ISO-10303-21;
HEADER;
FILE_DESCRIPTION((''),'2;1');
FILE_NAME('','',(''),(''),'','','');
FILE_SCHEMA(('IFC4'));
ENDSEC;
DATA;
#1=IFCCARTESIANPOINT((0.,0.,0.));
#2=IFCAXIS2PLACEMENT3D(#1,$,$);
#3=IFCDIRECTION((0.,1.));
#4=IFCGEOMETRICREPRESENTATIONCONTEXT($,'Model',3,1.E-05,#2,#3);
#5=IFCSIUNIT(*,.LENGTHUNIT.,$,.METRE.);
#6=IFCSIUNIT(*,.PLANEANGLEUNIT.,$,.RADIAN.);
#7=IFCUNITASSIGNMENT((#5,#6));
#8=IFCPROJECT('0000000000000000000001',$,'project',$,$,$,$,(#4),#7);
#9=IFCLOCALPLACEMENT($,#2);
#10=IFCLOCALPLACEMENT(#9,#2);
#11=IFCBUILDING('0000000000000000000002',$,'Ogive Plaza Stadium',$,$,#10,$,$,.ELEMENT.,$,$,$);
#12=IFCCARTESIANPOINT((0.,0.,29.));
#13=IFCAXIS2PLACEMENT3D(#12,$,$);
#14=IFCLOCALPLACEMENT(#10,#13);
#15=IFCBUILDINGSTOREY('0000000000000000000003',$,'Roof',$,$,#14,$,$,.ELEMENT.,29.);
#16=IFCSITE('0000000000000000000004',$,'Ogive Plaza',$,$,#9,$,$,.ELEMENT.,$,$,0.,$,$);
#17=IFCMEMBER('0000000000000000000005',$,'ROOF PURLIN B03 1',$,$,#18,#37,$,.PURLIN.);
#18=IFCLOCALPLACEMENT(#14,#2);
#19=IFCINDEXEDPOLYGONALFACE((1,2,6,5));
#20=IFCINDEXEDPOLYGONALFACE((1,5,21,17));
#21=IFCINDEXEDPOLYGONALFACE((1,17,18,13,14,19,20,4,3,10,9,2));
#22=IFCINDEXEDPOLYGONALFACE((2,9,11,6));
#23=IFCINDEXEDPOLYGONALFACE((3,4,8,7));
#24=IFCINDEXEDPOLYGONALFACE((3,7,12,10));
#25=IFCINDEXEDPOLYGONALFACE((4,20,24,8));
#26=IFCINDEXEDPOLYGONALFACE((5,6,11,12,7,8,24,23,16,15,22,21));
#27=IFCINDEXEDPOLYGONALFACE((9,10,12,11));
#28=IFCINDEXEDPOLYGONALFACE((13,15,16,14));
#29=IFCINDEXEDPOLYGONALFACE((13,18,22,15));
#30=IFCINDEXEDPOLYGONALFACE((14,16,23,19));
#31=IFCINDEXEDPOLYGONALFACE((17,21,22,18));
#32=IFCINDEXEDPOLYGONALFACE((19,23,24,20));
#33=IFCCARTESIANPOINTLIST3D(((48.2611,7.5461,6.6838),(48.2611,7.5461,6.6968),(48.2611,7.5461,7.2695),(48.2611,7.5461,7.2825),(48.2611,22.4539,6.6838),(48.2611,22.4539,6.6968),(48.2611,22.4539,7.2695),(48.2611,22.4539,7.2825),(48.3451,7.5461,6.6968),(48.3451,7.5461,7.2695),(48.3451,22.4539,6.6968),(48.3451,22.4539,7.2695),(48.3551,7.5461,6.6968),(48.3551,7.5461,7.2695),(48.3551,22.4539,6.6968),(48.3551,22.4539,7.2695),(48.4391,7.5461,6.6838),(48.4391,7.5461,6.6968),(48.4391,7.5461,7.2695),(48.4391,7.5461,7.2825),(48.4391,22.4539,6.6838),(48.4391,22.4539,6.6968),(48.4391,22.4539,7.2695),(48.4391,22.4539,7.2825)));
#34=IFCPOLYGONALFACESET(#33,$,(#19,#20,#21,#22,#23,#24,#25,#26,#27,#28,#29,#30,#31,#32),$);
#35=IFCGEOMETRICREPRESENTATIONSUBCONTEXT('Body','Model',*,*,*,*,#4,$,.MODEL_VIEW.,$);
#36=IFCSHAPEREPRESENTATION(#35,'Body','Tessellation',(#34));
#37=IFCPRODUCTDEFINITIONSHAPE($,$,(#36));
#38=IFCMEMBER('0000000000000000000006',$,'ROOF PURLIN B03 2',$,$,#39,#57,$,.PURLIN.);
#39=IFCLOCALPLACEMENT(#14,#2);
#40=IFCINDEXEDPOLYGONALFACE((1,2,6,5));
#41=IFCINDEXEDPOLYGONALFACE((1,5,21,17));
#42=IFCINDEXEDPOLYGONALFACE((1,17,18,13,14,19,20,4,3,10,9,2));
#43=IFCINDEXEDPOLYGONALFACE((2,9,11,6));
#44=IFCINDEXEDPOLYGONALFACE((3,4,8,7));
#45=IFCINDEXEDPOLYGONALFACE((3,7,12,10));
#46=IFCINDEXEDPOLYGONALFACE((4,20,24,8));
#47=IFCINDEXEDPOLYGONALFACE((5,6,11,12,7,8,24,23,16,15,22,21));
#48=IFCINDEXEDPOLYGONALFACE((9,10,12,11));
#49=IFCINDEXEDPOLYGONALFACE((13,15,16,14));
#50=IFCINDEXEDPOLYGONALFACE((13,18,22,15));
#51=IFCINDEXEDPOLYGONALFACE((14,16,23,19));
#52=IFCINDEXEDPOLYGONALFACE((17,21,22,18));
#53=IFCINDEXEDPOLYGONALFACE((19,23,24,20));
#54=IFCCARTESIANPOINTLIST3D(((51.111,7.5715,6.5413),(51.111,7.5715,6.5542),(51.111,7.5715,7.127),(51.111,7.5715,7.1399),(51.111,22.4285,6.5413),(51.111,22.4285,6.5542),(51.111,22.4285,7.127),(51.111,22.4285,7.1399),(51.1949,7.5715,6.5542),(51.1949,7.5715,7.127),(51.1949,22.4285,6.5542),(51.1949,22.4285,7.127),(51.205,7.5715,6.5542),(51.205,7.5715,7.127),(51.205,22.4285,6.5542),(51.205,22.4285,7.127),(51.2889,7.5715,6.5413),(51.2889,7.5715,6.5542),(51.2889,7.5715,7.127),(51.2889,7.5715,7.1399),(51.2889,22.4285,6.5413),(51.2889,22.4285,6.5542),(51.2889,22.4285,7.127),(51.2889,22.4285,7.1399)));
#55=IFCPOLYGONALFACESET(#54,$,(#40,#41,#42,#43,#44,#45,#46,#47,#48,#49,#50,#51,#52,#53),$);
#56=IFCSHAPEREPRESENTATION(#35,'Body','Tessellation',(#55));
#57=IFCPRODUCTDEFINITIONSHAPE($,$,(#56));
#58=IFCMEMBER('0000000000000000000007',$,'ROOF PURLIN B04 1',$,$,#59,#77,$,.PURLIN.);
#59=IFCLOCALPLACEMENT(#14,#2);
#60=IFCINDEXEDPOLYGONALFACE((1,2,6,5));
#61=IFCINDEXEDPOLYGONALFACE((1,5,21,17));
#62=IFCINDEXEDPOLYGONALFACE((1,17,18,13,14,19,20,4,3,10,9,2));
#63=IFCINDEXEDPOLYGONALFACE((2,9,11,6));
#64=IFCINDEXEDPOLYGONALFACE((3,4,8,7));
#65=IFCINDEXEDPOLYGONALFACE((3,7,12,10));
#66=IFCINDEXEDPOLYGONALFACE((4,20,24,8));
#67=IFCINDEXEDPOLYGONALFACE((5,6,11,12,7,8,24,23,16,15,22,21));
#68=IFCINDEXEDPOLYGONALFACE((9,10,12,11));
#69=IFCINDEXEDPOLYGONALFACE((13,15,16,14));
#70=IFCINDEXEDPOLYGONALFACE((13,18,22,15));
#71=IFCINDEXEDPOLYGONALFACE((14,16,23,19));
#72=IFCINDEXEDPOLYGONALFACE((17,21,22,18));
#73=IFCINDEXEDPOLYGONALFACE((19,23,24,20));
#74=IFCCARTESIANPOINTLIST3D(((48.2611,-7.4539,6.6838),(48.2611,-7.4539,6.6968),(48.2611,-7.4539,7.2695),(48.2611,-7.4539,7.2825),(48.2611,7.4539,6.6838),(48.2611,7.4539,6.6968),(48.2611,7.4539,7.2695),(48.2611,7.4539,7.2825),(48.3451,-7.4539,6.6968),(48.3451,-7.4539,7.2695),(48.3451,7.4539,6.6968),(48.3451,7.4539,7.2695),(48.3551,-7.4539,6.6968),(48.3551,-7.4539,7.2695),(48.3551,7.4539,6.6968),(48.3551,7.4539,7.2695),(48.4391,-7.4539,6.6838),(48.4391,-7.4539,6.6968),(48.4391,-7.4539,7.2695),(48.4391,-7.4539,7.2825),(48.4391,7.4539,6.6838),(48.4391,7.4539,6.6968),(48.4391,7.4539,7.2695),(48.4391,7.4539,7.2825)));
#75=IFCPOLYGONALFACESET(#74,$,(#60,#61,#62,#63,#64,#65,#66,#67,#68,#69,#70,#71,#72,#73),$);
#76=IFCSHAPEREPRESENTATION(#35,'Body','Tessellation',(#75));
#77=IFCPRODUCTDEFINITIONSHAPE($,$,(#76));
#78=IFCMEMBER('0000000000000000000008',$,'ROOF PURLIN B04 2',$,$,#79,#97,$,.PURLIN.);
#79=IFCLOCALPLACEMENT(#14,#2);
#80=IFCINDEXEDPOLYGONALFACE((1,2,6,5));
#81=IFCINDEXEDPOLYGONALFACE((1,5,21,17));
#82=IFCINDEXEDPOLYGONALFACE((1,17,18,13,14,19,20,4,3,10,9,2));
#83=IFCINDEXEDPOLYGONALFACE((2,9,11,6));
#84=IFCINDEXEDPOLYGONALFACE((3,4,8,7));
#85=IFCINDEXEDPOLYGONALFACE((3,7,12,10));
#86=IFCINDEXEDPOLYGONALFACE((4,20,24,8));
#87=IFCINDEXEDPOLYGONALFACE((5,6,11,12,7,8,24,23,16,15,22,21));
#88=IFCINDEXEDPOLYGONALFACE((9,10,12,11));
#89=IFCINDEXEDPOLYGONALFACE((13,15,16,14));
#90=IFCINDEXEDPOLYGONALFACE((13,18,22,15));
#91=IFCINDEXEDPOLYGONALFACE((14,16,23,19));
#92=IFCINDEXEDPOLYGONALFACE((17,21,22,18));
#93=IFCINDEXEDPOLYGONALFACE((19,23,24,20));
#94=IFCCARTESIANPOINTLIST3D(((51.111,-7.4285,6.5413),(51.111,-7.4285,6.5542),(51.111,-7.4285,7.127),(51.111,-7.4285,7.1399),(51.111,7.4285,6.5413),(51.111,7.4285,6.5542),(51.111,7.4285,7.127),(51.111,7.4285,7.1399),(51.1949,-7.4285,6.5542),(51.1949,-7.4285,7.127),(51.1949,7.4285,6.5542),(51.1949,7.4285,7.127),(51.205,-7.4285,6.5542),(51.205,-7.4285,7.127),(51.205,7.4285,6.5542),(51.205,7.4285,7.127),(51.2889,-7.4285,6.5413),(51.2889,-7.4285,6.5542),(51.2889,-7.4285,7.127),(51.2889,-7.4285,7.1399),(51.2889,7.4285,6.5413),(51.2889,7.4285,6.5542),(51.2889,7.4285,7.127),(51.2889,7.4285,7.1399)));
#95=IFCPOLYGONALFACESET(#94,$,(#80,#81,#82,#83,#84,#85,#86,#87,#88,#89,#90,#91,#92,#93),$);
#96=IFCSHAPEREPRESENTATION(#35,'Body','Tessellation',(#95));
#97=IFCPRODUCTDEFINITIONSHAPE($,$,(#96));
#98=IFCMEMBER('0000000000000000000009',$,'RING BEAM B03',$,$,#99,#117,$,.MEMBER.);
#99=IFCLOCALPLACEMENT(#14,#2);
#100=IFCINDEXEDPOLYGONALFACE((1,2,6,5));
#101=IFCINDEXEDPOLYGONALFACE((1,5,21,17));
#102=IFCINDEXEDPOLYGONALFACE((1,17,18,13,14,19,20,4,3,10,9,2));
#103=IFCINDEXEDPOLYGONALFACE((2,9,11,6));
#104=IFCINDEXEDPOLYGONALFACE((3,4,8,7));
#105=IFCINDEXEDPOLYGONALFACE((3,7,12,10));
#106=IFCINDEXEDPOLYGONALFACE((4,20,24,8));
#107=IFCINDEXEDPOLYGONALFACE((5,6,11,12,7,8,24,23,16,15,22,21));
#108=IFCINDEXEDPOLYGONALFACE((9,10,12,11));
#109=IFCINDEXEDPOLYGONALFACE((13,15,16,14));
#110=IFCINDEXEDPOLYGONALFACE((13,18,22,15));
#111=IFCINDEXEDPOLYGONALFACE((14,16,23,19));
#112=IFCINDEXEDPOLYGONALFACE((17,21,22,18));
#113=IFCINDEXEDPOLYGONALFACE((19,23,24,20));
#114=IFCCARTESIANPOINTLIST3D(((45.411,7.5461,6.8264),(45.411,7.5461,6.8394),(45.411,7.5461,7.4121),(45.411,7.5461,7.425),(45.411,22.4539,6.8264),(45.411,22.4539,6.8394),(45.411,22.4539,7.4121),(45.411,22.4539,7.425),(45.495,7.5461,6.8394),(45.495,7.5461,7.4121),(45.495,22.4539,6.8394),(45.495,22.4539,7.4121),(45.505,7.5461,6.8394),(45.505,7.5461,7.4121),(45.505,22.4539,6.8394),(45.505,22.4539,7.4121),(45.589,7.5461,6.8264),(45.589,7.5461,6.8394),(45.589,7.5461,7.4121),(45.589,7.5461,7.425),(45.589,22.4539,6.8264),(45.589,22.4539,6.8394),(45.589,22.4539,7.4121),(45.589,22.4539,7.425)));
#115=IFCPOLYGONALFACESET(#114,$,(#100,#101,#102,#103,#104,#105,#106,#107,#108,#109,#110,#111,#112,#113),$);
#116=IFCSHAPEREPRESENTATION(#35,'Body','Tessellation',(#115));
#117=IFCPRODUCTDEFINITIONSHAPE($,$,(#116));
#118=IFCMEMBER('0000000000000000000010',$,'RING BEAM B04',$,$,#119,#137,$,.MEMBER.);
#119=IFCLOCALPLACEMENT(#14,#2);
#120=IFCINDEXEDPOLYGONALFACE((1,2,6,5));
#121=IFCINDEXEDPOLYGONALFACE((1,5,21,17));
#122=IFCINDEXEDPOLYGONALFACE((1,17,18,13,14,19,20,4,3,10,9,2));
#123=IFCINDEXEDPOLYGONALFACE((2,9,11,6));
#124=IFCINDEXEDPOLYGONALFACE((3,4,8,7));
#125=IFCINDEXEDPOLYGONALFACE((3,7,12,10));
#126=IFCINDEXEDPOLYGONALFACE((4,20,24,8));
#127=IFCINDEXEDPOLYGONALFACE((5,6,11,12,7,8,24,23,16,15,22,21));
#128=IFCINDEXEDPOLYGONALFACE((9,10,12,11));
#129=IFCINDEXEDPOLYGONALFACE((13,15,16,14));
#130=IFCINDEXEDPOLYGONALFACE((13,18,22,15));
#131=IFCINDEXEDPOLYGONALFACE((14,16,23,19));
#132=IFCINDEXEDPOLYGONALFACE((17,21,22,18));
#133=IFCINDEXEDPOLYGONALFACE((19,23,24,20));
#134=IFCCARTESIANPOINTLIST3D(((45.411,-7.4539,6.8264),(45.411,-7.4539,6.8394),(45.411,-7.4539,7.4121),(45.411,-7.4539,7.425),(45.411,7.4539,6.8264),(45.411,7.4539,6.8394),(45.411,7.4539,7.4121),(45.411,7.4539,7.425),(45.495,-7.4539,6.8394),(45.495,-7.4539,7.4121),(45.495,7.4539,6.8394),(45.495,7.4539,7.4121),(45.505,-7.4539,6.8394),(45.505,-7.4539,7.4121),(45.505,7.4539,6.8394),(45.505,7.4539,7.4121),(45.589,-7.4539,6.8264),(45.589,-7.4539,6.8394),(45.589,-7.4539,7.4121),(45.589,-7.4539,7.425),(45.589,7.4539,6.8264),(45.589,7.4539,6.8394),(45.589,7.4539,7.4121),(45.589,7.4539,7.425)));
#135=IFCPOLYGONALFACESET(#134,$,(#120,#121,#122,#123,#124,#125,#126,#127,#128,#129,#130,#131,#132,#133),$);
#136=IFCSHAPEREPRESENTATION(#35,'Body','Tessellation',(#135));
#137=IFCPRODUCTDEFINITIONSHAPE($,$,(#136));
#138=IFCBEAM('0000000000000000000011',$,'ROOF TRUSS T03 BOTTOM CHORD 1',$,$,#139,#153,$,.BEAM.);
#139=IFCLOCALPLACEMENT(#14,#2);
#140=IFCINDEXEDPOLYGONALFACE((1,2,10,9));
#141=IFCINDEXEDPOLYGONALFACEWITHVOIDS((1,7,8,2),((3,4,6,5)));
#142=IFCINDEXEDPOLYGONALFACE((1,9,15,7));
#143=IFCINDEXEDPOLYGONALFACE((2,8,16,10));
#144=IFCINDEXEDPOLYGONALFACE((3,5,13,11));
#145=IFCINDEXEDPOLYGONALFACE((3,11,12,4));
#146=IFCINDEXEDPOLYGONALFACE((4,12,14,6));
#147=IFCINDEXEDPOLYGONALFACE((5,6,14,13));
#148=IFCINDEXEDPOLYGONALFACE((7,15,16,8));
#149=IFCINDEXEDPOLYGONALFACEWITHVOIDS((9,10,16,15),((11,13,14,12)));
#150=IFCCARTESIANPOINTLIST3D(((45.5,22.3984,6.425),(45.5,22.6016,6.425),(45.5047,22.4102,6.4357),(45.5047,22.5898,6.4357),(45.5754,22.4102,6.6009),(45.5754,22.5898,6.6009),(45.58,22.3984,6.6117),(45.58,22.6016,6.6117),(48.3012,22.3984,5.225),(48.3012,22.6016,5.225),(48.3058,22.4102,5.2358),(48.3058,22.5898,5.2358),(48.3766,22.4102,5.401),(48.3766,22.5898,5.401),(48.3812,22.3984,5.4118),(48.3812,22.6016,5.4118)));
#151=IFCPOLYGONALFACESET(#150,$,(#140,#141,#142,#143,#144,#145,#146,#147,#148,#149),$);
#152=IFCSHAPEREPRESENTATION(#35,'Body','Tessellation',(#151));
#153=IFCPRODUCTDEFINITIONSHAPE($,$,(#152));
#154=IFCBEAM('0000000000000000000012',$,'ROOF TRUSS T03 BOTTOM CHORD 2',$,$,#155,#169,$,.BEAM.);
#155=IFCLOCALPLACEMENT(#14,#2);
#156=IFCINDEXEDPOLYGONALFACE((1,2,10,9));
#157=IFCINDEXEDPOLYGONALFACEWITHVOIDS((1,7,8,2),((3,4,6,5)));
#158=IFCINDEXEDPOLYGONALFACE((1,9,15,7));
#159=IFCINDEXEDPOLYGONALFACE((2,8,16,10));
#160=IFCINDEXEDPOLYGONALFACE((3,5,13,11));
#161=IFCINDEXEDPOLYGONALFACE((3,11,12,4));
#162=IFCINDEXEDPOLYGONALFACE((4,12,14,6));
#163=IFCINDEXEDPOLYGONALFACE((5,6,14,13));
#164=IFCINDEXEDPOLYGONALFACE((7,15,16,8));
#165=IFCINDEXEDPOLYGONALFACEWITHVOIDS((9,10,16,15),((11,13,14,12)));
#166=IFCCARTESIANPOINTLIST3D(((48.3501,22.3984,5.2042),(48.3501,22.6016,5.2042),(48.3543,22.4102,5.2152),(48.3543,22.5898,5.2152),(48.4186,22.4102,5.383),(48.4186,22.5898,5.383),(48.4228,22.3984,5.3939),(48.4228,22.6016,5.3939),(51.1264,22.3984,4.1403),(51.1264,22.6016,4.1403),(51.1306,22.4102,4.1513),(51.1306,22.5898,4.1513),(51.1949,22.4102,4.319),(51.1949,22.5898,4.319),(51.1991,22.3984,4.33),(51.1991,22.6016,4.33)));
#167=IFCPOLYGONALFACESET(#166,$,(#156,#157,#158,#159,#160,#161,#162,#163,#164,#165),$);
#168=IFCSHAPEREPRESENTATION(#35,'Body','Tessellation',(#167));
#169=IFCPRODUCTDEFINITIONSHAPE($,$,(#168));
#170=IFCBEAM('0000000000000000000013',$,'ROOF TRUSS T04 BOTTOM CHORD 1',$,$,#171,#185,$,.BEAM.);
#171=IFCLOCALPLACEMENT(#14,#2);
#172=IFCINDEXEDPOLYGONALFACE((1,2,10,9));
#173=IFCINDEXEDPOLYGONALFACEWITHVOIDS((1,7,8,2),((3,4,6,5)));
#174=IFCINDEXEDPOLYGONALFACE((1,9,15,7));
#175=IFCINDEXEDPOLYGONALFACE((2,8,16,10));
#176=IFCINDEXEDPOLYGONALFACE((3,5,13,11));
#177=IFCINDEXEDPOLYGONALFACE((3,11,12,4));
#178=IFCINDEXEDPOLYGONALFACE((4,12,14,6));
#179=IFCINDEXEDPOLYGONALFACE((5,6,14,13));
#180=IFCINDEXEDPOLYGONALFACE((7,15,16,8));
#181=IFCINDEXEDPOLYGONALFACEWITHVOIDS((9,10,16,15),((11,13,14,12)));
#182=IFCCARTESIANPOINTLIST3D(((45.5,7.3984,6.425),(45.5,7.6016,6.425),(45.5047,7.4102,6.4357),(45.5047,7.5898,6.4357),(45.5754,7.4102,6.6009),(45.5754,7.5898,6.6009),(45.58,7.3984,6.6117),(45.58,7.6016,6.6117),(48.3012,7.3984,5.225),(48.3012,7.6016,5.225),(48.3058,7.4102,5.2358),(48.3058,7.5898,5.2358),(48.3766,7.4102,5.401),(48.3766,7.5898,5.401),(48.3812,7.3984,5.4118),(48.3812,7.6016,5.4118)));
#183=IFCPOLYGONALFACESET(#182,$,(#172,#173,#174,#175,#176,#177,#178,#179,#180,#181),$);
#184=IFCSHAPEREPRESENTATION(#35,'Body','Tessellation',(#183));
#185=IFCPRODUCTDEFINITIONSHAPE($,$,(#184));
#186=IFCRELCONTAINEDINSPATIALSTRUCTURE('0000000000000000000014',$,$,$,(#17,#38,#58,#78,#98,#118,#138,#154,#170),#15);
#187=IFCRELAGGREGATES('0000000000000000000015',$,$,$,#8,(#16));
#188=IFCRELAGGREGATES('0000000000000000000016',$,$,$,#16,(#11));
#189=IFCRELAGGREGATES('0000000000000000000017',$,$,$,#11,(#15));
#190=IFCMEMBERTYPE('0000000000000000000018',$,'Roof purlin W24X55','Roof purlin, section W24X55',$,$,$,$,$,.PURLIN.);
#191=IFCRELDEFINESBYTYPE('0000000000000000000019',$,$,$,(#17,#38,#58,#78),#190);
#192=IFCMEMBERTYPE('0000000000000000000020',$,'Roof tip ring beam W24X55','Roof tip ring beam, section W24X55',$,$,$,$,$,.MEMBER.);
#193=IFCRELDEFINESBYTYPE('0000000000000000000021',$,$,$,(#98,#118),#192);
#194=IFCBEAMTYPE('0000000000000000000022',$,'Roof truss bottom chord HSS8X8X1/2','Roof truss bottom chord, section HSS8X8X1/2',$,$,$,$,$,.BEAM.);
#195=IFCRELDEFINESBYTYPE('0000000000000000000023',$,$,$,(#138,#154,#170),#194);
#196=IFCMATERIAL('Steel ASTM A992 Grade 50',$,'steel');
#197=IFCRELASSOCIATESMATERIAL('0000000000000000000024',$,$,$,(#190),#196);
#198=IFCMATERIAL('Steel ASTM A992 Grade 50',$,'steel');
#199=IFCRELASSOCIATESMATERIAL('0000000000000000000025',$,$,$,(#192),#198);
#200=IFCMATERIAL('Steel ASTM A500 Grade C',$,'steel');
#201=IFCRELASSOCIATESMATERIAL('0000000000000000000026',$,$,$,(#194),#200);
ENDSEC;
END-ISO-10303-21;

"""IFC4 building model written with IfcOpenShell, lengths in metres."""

from ifc_helpers import new_model, si_unit, direction, frame, origin, origin_2d, place, context, subcontext, project, spatial, hollow_rectangle, i_section, extrude, material, material_profile, profile_set, type_object, element, save


model = new_model("IFC4")

# Units and contexts
model_context = context("Model", 3, precision=1e-05, world=origin(), true_north=direction((0.0, 1.0)))
body_context = subcontext(model_context, "Body", "Model", "MODEL_VIEW")
ifc_project = project(units=[si_unit("LENGTHUNIT", "METRE"), si_unit("PLANEANGLEUNIT", "RADIAN")], contexts=[model_context])

# Site, building, storey
site_placement = place(None, origin())
site = spatial("IfcSite", under=ifc_project, at=site_placement, Name="Ogive Plaza", CompositionType="ELEMENT", RefElevation=0.0)
building_placement = place(site_placement, origin())
building = spatial("IfcBuilding", under=site, at=building_placement, Name="Ogive Plaza Stadium", CompositionType="ELEMENT")
storey_placement = place(building_placement, frame((0.0, 0.0, 29.0)))
storey = spatial("IfcBuildingStorey", under=building, at=storey_placement, Name="Roof", CompositionType="ELEMENT", Elevation=29.0)

# Members
ifc_material_1 = material(Name="Steel ASTM A992 Grade 50", Category="steel")
ifc_material_profile_1 = material_profile(ifc_material_1, i_section(OverallWidth=0.178, OverallDepth=0.5986, WebThickness=0.01, FlangeThickness=0.0129, at=origin_2d()), Name="W24X55")
ifc_profile_set_1 = profile_set([ifc_material_profile_1], Name="Steel ASTM A992 Grade 50")
member_type_1 = type_object("IfcMemberType", Name="Roof purlin W24X55", Description="Roof purlin, section W24X55", PredefinedType="PURLIN", material=ifc_profile_set_1)
member_1_placement = place(storey_placement, frame((48.3501, 22.4539, 6.9832), z_axis=(0.0, -1.0, 0.0), x_axis=(1.0, 0.0, 0.0)))
element("IfcMember", 1, at=member_1_placement, inside=storey, type_object=member_type_1, Name="ROOF PURLIN B03 1", PredefinedType="PURLIN", context=body_context, shape_type="SweptSolid", body=[
    extrude(i_section(OverallWidth=0.178, OverallDepth=0.5986, WebThickness=0.01, FlangeThickness=0.0129, at=origin_2d()), origin(), (0.0, 0.0, 1.0), 14.9077),
])
member_2_placement = place(storey_placement, frame((51.2, 22.4285, 6.8406), z_axis=(0.0, -1.0, 0.0), x_axis=(1.0, 0.0, 0.0)))
element("IfcMember", 2, at=member_2_placement, inside=storey, type_object=member_type_1, Name="ROOF PURLIN B03 2", PredefinedType="PURLIN", context=body_context, shape_type="SweptSolid", body=[
    extrude(i_section(OverallWidth=0.178, OverallDepth=0.5986, WebThickness=0.01, FlangeThickness=0.0129, at=origin_2d()), origin(), (0.0, 0.0, 1.0), 14.8569),
])
member_3_placement = place(storey_placement, frame((48.3501, 7.4539, 6.9832), z_axis=(0.0, -1.0, 0.0), x_axis=(1.0, 0.0, 0.0)))
element("IfcMember", 3, at=member_3_placement, inside=storey, type_object=member_type_1, Name="ROOF PURLIN B04 1", PredefinedType="PURLIN", context=body_context, shape_type="SweptSolid", body=[
    extrude(i_section(OverallWidth=0.178, OverallDepth=0.5986, WebThickness=0.01, FlangeThickness=0.0129, at=origin_2d()), origin(), (0.0, 0.0, 1.0), 14.9077),
])
member_4_placement = place(storey_placement, frame((51.2, 7.4285, 6.8406), z_axis=(0.0, -1.0, 0.0), x_axis=(1.0, 0.0, 0.0)))
element("IfcMember", 4, at=member_4_placement, inside=storey, type_object=member_type_1, Name="ROOF PURLIN B04 2", PredefinedType="PURLIN", context=body_context, shape_type="SweptSolid", body=[
    extrude(i_section(OverallWidth=0.178, OverallDepth=0.5986, WebThickness=0.01, FlangeThickness=0.0129, at=origin_2d()), origin(), (0.0, 0.0, 1.0), 14.8569),
])
ifc_material_2 = material(Name="Steel ASTM A992 Grade 50", Category="steel")
ifc_material_profile_2 = material_profile(ifc_material_2, i_section(OverallWidth=0.178, OverallDepth=0.5986, WebThickness=0.01, FlangeThickness=0.0129, at=origin_2d()), Name="W24X55")
ifc_profile_set_2 = profile_set([ifc_material_profile_2], Name="Steel ASTM A992 Grade 50")
member_type_2 = type_object("IfcMemberType", Name="Roof tip ring beam W24X55", Description="Roof tip ring beam, section W24X55", PredefinedType="MEMBER", material=ifc_profile_set_2)
for number, where, z_axis, x_axis, name in (
    (5, (45.5, 22.4539, 7.1257), (0.0, -1.0, 0.0), (1.0, 0.0, 0.0), "RING BEAM B03"),
    (6, (45.5, 7.4539, 7.1257), (0.0, -1.0, 0.0), (1.0, 0.0, 0.0), "RING BEAM B04"),
):
    element("IfcMember", number, at=place(storey_placement, frame(where, z_axis=z_axis, x_axis=x_axis)), inside=storey, type_object=member_type_2, Name=name, PredefinedType="MEMBER", context=body_context, shape_type="SweptSolid", body=[
        extrude(i_section(OverallWidth=0.178, OverallDepth=0.5986, WebThickness=0.01, FlangeThickness=0.0129, at=origin_2d()), origin(), (0.0, 0.0, 1.0), 14.9077),
    ])

# Beams
ifc_material_3 = material(Name="Steel ASTM A500 Grade C", Category="steel")
ifc_material_profile_3 = material_profile(ifc_material_3, hollow_rectangle(XDim=0.2031, YDim=0.2031, WallThickness=0.0117, at=origin_2d()), Name="HSS8X8X1/2")
ifc_profile_set_3 = profile_set([ifc_material_profile_3], Name="Steel ASTM A500 Grade C")
beam_type_1 = type_object("IfcBeamType", Name="Roof truss bottom chord HSS8X8X1/2", Description="Roof truss bottom chord, section HSS8X8X1/2", PredefinedType="BEAM", material=ifc_profile_set_3)
beam_1_placement = place(storey_placement, frame((45.54, 22.5, 6.5183), z_axis=(0.919215, 0.0, -0.393755), x_axis=(0.0, 1.0, 0.0)))
element("IfcBeam", 7, at=beam_1_placement, inside=storey, type_object=beam_type_1, Name="ROOF TRUSS T03 BOTTOM CHORD 1", PredefinedType="BEAM", context=body_context, shape_type="SweptSolid", body=[
    extrude(hollow_rectangle(XDim=0.2031, YDim=0.2031, WallThickness=0.0117, at=origin_2d()), origin(), (0.0, 0.0, 1.0), 3.0474),
])
beam_2_placement = place(storey_placement, frame((48.3865, 22.5, 5.2991), z_axis=(0.933781, 0.0, -0.357845), x_axis=(0.0, 1.0, 0.0)))
element("IfcBeam", 8, at=beam_2_placement, inside=storey, type_object=beam_type_1, Name="ROOF TRUSS T03 BOTTOM CHORD 2", PredefinedType="BEAM", context=body_context, shape_type="SweptSolid", body=[
    extrude(hollow_rectangle(XDim=0.2031, YDim=0.2031, WallThickness=0.0117, at=origin_2d()), origin(), (0.0, 0.0, 1.0), 2.9731),
])
beam_3_placement = place(storey_placement, frame((45.54, 7.5, 6.5183), z_axis=(0.919215, 0.0, -0.393755), x_axis=(0.0, 1.0, 0.0)))
element("IfcBeam", 9, at=beam_3_placement, inside=storey, type_object=beam_type_1, Name="ROOF TRUSS T04 BOTTOM CHORD 1", PredefinedType="BEAM", context=body_context, shape_type="SweptSolid", body=[
    extrude(hollow_rectangle(XDim=0.2031, YDim=0.2031, WallThickness=0.0117, at=origin_2d()), origin(), (0.0, 0.0, 1.0), 3.0474),
])

save(model, "model.ifc")
